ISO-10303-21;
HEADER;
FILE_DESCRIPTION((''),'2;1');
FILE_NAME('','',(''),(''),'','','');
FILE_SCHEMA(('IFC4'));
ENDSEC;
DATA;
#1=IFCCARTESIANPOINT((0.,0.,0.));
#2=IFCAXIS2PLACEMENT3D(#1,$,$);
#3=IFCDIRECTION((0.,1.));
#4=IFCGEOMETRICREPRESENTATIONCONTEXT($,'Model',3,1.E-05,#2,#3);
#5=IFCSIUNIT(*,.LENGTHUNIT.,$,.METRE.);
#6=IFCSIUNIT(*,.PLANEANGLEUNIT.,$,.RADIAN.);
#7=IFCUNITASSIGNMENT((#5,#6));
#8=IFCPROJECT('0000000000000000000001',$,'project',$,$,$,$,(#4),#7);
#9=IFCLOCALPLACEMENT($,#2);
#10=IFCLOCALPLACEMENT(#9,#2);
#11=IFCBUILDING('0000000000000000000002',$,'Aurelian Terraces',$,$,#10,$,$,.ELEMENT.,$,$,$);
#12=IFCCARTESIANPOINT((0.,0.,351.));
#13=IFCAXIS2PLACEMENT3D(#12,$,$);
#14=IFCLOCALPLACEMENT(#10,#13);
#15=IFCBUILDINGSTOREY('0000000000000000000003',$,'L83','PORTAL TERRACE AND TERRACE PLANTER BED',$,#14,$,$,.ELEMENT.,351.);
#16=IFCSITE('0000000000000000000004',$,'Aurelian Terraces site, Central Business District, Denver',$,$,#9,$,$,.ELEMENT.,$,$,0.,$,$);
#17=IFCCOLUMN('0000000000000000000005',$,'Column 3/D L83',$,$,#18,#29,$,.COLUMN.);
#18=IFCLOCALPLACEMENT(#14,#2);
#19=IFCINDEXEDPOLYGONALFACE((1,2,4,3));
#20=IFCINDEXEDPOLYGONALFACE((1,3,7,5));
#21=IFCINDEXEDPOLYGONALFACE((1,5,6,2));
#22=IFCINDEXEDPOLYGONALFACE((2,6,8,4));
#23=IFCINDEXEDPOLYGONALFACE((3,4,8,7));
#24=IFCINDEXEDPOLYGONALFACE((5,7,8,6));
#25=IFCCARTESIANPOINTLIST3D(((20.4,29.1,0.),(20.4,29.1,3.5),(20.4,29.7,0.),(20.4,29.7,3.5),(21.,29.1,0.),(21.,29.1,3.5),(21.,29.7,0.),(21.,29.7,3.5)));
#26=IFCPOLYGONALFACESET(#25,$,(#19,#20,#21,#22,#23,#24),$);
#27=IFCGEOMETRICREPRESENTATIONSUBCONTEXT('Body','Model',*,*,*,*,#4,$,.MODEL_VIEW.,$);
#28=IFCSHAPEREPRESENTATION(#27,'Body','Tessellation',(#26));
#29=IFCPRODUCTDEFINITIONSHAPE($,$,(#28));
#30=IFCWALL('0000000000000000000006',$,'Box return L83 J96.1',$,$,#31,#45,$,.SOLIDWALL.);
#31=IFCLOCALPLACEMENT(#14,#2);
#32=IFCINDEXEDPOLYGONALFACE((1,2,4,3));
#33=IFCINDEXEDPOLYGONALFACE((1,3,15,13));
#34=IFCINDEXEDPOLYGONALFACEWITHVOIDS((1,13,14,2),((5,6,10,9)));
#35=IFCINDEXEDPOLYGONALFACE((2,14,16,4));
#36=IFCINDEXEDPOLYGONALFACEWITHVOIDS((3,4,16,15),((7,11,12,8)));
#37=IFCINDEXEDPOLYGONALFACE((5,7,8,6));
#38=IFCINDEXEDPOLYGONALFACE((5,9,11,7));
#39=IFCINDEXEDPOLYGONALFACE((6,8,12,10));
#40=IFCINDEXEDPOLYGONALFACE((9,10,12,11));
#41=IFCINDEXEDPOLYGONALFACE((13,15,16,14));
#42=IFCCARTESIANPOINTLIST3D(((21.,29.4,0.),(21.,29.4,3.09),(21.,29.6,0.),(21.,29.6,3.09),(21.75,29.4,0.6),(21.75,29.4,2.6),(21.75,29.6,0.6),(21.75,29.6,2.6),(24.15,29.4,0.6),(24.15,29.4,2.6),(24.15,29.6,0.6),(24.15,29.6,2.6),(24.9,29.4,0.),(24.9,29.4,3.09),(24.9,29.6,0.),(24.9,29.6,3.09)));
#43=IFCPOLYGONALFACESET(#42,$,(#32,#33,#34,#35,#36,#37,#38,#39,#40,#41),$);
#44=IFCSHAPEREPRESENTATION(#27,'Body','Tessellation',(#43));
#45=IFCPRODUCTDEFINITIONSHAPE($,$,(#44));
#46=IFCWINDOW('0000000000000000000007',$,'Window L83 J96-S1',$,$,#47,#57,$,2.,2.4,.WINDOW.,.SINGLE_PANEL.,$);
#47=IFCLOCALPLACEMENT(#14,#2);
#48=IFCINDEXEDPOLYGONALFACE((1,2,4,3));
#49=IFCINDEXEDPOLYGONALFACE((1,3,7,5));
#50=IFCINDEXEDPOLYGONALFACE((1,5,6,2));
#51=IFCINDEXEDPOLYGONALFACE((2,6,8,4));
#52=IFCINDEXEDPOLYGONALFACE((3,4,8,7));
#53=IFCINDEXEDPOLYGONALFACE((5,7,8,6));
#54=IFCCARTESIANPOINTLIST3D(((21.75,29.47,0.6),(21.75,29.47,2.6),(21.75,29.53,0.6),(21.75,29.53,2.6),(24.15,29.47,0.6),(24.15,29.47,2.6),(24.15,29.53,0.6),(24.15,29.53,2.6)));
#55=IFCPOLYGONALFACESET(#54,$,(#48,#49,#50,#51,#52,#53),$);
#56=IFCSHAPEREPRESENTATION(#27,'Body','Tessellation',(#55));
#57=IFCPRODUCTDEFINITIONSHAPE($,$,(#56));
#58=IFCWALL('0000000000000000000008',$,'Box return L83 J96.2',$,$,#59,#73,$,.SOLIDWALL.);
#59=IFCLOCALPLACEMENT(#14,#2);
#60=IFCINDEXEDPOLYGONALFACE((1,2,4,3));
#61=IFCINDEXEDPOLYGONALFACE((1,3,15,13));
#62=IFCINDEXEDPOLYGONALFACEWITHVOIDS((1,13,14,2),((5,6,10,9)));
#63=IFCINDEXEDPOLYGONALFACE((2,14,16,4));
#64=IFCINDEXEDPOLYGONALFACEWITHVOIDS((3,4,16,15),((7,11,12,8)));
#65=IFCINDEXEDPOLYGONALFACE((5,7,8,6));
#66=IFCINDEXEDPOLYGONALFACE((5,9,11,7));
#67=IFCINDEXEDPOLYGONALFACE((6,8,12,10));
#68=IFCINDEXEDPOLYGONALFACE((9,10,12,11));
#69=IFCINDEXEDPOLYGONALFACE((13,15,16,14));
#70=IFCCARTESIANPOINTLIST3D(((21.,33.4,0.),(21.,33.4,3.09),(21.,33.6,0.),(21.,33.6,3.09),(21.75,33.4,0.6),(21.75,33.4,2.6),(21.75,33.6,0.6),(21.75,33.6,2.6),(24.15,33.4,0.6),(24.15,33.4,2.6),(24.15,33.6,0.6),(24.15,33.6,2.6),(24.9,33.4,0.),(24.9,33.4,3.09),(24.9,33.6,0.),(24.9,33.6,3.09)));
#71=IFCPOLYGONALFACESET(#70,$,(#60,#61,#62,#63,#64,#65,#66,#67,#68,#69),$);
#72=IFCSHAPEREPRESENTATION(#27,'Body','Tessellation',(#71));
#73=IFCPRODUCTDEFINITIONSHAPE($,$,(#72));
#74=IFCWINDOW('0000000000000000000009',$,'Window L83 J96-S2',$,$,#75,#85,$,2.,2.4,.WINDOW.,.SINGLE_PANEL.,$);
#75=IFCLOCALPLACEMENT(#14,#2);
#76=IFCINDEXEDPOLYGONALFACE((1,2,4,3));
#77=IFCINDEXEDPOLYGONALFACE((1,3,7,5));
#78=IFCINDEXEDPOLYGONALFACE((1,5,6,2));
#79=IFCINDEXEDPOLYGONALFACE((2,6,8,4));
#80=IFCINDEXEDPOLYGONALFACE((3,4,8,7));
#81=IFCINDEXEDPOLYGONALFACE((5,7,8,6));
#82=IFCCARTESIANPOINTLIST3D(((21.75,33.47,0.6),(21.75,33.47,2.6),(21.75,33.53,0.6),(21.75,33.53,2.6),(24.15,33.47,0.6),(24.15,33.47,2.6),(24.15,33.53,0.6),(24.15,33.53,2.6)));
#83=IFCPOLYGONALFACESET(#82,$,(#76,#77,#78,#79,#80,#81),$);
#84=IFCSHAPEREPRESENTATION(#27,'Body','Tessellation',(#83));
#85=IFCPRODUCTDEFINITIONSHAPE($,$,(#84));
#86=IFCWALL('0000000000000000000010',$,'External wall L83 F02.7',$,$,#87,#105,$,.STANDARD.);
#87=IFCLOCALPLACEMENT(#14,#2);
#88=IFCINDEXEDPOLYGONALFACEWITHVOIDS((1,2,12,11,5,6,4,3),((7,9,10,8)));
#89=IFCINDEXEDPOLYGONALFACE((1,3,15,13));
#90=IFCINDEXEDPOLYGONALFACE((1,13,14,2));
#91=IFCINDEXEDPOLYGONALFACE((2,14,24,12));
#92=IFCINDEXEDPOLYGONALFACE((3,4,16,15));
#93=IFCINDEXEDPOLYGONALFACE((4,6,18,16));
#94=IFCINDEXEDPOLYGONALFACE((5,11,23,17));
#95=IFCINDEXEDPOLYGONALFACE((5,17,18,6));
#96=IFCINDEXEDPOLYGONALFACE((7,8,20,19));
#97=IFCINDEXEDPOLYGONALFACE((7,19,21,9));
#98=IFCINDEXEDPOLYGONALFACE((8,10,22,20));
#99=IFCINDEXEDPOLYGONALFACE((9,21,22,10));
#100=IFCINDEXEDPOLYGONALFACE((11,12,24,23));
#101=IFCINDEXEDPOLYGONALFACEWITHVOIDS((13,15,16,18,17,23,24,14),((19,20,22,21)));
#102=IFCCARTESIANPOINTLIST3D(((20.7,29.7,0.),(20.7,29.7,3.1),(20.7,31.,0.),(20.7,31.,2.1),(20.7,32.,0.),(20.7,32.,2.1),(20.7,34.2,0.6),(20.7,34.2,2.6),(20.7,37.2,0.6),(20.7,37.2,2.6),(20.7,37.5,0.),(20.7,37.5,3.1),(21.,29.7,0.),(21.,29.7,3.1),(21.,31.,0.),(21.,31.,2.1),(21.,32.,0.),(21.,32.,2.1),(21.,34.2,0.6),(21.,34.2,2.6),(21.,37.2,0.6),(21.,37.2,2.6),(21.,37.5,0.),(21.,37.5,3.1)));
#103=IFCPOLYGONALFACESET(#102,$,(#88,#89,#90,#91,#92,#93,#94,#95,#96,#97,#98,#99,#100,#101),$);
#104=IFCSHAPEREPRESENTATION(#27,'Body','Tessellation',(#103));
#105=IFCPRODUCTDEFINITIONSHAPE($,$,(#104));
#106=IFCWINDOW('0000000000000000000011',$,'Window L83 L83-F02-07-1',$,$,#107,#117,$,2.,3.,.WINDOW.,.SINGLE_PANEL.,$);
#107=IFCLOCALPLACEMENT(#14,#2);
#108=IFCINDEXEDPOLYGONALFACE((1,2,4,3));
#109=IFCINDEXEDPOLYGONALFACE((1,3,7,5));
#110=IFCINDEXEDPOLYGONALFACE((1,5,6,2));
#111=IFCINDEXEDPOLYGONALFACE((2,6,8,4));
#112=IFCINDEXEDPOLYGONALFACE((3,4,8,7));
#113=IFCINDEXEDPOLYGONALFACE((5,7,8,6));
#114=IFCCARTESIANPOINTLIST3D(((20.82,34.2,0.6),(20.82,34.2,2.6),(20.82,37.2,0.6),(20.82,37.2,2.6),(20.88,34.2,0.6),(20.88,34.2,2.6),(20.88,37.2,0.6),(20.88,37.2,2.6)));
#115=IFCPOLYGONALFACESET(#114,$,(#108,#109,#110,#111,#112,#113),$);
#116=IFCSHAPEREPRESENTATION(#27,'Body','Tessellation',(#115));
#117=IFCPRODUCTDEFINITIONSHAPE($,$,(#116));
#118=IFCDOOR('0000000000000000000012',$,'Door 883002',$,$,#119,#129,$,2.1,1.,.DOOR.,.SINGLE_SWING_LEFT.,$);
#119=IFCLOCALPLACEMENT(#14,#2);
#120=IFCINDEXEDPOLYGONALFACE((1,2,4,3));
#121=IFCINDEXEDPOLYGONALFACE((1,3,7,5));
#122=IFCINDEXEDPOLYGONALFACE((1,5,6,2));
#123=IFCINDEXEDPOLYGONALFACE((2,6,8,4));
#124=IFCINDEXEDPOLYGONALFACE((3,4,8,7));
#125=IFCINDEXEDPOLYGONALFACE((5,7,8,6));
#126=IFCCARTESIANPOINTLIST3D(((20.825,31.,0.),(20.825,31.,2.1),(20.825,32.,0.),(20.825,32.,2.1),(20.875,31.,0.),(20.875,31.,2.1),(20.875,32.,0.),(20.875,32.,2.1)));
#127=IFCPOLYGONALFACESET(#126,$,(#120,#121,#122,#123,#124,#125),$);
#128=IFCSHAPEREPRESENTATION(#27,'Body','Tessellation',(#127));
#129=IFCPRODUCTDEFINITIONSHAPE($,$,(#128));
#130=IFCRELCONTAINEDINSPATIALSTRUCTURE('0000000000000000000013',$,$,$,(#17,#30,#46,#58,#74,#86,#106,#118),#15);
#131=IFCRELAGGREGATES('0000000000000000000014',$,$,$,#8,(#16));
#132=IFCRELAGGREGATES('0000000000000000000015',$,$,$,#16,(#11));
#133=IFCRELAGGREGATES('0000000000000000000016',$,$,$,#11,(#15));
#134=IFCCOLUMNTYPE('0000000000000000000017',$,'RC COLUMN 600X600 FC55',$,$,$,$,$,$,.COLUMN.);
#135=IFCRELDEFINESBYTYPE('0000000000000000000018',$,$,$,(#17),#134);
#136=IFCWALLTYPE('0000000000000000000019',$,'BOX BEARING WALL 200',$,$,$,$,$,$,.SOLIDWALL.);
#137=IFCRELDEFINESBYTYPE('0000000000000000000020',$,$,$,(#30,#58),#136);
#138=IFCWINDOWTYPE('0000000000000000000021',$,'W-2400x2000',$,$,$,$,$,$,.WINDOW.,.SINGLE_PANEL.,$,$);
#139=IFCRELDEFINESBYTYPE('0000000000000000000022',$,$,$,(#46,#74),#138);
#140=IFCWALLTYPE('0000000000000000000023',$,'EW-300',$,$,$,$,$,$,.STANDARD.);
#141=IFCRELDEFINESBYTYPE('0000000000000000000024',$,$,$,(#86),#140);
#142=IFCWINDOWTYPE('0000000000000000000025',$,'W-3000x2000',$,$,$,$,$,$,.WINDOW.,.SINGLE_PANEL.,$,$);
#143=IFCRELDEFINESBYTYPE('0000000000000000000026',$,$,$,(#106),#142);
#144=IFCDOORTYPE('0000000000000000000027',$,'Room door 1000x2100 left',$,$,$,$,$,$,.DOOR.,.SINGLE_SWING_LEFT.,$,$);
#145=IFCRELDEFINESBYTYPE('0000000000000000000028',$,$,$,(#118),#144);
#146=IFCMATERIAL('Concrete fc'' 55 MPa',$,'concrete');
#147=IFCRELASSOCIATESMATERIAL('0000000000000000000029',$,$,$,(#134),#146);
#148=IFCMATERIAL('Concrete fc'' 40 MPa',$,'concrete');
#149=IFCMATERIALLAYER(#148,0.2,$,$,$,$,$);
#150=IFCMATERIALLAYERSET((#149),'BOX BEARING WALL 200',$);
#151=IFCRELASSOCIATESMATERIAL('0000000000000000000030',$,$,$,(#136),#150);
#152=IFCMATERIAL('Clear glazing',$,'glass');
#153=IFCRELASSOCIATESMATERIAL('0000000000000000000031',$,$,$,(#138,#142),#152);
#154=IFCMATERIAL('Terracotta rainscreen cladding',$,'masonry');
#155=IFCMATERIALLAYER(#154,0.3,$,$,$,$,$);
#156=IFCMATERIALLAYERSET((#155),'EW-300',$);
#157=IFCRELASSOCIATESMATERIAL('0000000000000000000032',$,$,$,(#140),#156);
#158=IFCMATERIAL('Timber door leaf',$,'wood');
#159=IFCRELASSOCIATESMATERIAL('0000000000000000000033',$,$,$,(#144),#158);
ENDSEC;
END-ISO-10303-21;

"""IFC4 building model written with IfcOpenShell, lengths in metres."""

from ifc_helpers import new_model, si_unit, direction, frame, frame_2d, origin, origin_2d, place, context, subcontext, project, spatial, rectangle, extrude, source, transform, mapped, material, layer, layer_set, material_profile, profile_set, type_object, element, fill, save


model = new_model("IFC4")

# Units and contexts
model_context = context("Model", 3, precision=1e-05, world=origin(), true_north=direction((0.0, 1.0)))
body_context = subcontext(model_context, "Body", "Model", "MODEL_VIEW")
ifc_project = project(units=[si_unit("LENGTHUNIT", "METRE"), si_unit("PLANEANGLEUNIT", "RADIAN")], contexts=[model_context])

# Site, building, storey
site_placement = place(None, origin())
site = spatial("IfcSite", under=ifc_project, at=site_placement, Name="Aurelian Terraces site, Central Business District, Denver", CompositionType="ELEMENT", RefElevation=0.0)
building_placement = place(site_placement, origin())
building = spatial("IfcBuilding", under=site, at=building_placement, Name="Aurelian Terraces", CompositionType="ELEMENT")
storey_placement = place(building_placement, frame((0.0, 0.0, 351.0)))
storey = spatial("IfcBuildingStorey", under=building, at=storey_placement, Name="L83", Description="PORTAL TERRACE AND TERRACE PLANTER BED", CompositionType="ELEMENT", Elevation=351.0)

# Column
ifc_material_1 = material(Name="Concrete fc' 55 MPa", Category="concrete")
ifc_material_profile = material_profile(ifc_material_1, rectangle(XDim=0.6, YDim=0.6, at=origin_2d()))
ifc_profile_set = profile_set([ifc_material_profile], Name="Concrete fc' 55 MPa")
column_type = type_object("IfcColumnType", Name="RC COLUMN 600X600 FC55", PredefinedType="COLUMN", material=ifc_profile_set)
shared_shape_1 = source(origin(), body_context, "Body", "SweptSolid", [
    extrude(rectangle(XDim=0.6, YDim=0.6, at=origin_2d()), origin(), (0.0, 0.0, 1.0), 3.5),
])
column_placement = place(storey_placement, frame((20.7, 29.4, 0.0), z_axis=(0.0, 0.0, 1.0), x_axis=(1.0, 0.0, 0.0)))
element("IfcColumn", 1, at=column_placement, inside=storey, type_object=column_type, Name="Column 3/D L83", PredefinedType="COLUMN", context=body_context, shape_type="MappedRepresentation", body=[
    mapped(shared_shape_1, transform((0.0, 0.0, 0.0), scale=1.0)),
])

# Walls, openings, windows
ifc_material_2 = material(Name="Concrete fc' 40 MPa", Category="concrete")
ifc_layer_1 = layer(ifc_material_2, 0.2)
ifc_layer_set_1 = layer_set([ifc_layer_1], Name="BOX BEARING WALL 200")
wall_type_1 = type_object("IfcWallType", Name="BOX BEARING WALL 200", PredefinedType="SOLIDWALL", material=ifc_layer_set_1)
shared_shape_2 = source(origin(), body_context, "Body", "SweptSolid", [
    extrude(rectangle(XDim=3.9, YDim=0.2, at=frame_2d((1.95, 0.0))), origin(), (0.0, 0.0, 1.0), 3.09),
])
wall_1_placement = place(storey_placement, frame((21.0, 29.5, 0.0), z_axis=(0.0, 0.0, 1.0), x_axis=(1.0, 0.0, 0.0)))
wall_1 = element("IfcWall", 2, at=wall_1_placement, inside=storey, type_object=wall_type_1, Name="Box return L83 J96.1", PredefinedType="SOLIDWALL", context=body_context, shape_type="MappedRepresentation", body=[
    mapped(shared_shape_2, transform((0.0, 0.0, 0.0), scale=1.0)),
])
shared_shape_3 = source(origin(), body_context, "Body", "SweptSolid", [
    extrude(rectangle(XDim=2.4, YDim=2.0, at=frame_2d((1.2, 1.0))), frame((0.0, 0.11, 0.0), z_axis=(0.0, -1.0, 0.0), x_axis=(1.0, 0.0, 0.0)), (0.0, 0.0, 1.0), 0.22),
])
opening_1_placement = place(wall_1_placement, frame((0.75, 0.0, 0.6)))
opening_1 = element("IfcOpeningElement", 3, at=opening_1_placement, cuts=wall_1, PredefinedType="OPENING", context=body_context, shape_type="MappedRepresentation", body=[
    mapped(shared_shape_3, transform((0.0, 0.0, 0.0), scale=1.0)),
])
ifc_material_3 = material(Name="Clear glazing", Category="glass")
window_type_1 = type_object("IfcWindowType", Name="W-2400x2000", PartitioningType="SINGLE_PANEL", PredefinedType="WINDOW", material=ifc_material_3)
shared_shape_4 = source(origin(), body_context, "Body", "SweptSolid", [
    extrude(rectangle(XDim=2.4, YDim=2.0, at=frame_2d((1.2, 1.0))), frame((0.0, 0.03, 0.0), z_axis=(0.0, -1.0, 0.0), x_axis=(1.0, 0.0, 0.0)), (0.0, 0.0, 1.0), 0.06),
])
window_1_placement = place(opening_1_placement, origin())
window_1 = element("IfcWindow", 4, at=window_1_placement, inside=storey, type_object=window_type_1, Name="Window L83 J96-S1", OverallHeight=2.0, OverallWidth=2.4, PartitioningType="SINGLE_PANEL", PredefinedType="WINDOW", context=body_context, shape_type="MappedRepresentation", body=[
    mapped(shared_shape_4, transform((0.0, 0.0, 0.0), scale=1.0)),
])
fill(opening_1, window_1)
wall_2_placement = place(storey_placement, frame((21.0, 33.5, 0.0), z_axis=(0.0, 0.0, 1.0), x_axis=(1.0, 0.0, 0.0)))
wall_2 = element("IfcWall", 5, at=wall_2_placement, inside=storey, type_object=wall_type_1, Name="Box return L83 J96.2", PredefinedType="SOLIDWALL", context=body_context, shape_type="MappedRepresentation", body=[
    mapped(shared_shape_2, transform((0.0, 0.0, 0.0), scale=1.0)),
])
opening_2_placement = place(wall_2_placement, frame((0.75, 0.0, 0.6)))
opening_2 = element("IfcOpeningElement", 6, at=opening_2_placement, cuts=wall_2, PredefinedType="OPENING", context=body_context, shape_type="MappedRepresentation", body=[
    mapped(shared_shape_3, transform((0.0, 0.0, 0.0), scale=1.0)),
])
window_2_placement = place(opening_2_placement, origin())
window_2 = element("IfcWindow", 7, at=window_2_placement, inside=storey, type_object=window_type_1, Name="Window L83 J96-S2", OverallHeight=2.0, OverallWidth=2.4, PartitioningType="SINGLE_PANEL", PredefinedType="WINDOW", context=body_context, shape_type="MappedRepresentation", body=[
    mapped(shared_shape_4, transform((0.0, 0.0, 0.0), scale=1.0)),
])
fill(opening_2, window_2)

# Wall, openings, window, door
ifc_material_4 = material(Name="Terracotta rainscreen cladding", Category="masonry")
ifc_layer_2 = layer(ifc_material_4, 0.3)
ifc_layer_set_2 = layer_set([ifc_layer_2], Name="EW-300")
wall_type_2 = type_object("IfcWallType", Name="EW-300", PredefinedType="STANDARD", material=ifc_layer_set_2)
shared_shape_5 = source(origin(), body_context, "Body", "SweptSolid", [
    extrude(rectangle(XDim=7.8, YDim=0.3, at=frame_2d((3.9, 0.0))), origin(), (0.0, 0.0, 1.0), 3.1),
])
wall_3_placement = place(storey_placement, frame((20.85, 29.7, 0.0), z_axis=(0.0, 0.0, 1.0), x_axis=(0.0, 1.0, 0.0)))
wall_3 = element("IfcWall", 8, at=wall_3_placement, inside=storey, type_object=wall_type_2, Name="External wall L83 F02.7", PredefinedType="STANDARD", context=body_context, shape_type="MappedRepresentation", body=[
    mapped(shared_shape_5, transform((0.0, 0.0, 0.0), scale=1.0)),
])
shared_shape_6 = source(origin(), body_context, "Body", "SweptSolid", [
    extrude(rectangle(XDim=3.0, YDim=2.0, at=frame_2d((1.5, 1.0))), frame((0.0, 0.16, 0.0), z_axis=(0.0, -1.0, 0.0), x_axis=(1.0, 0.0, 0.0)), (0.0, 0.0, 1.0), 0.32),
])
opening_3_placement = place(wall_3_placement, frame((4.5, 0.0, 0.6)))
opening_3 = element("IfcOpeningElement", 9, at=opening_3_placement, cuts=wall_3, PredefinedType="OPENING", context=body_context, shape_type="MappedRepresentation", body=[
    mapped(shared_shape_6, transform((0.0, 0.0, 0.0), scale=1.0)),
])
shared_shape_7 = source(origin(), body_context, "Body", "SweptSolid", [
    extrude(rectangle(XDim=1.0, YDim=2.1, at=frame_2d((0.5, 1.05))), frame((0.0, 0.16, 0.0), z_axis=(0.0, -1.0, 0.0), x_axis=(1.0, 0.0, 0.0)), (0.0, 0.0, 1.0), 0.32),
])
opening_4_placement = place(wall_3_placement, frame((1.3, 0.0, 0.0)))
opening_4 = element("IfcOpeningElement", 10, at=opening_4_placement, cuts=wall_3, PredefinedType="OPENING", context=body_context, shape_type="MappedRepresentation", body=[
    mapped(shared_shape_7, transform((0.0, 0.0, 0.0), scale=1.0)),
])
window_type_2 = type_object("IfcWindowType", Name="W-3000x2000", PartitioningType="SINGLE_PANEL", PredefinedType="WINDOW", material=ifc_material_3)
shared_shape_8 = source(origin(), body_context, "Body", "SweptSolid", [
    extrude(rectangle(XDim=3.0, YDim=2.0, at=frame_2d((1.5, 1.0))), frame((0.0, 0.03, 0.0), z_axis=(0.0, -1.0, 0.0), x_axis=(1.0, 0.0, 0.0)), (0.0, 0.0, 1.0), 0.06),
])
window_3_placement = place(opening_3_placement, origin())
window_3 = element("IfcWindow", 11, at=window_3_placement, inside=storey, type_object=window_type_2, Name="Window L83 L83-F02-07-1", OverallHeight=2.0, OverallWidth=3.0, PartitioningType="SINGLE_PANEL", PredefinedType="WINDOW", context=body_context, shape_type="MappedRepresentation", body=[
    mapped(shared_shape_8, transform((0.0, 0.0, 0.0), scale=1.0)),
])
fill(opening_3, window_3)
ifc_material_5 = material(Name="Timber door leaf", Category="wood")
door_type_1 = type_object("IfcDoorType", Name="Room door 1000x2100 left", OperationType="SINGLE_SWING_LEFT", PredefinedType="DOOR", material=ifc_material_5)
shared_shape_9 = source(origin(), body_context, "Body", "SweptSolid", [
    extrude(rectangle(XDim=1.0, YDim=2.1, at=frame_2d((0.5, 1.05))), frame((0.0, 0.025, 0.0), z_axis=(0.0, -1.0, 0.0), x_axis=(1.0, 0.0, 0.0)), (0.0, 0.0, 1.0), 0.05),
])
door_1_placement = place(opening_4_placement, origin())
door_1 = element("IfcDoor", 12, at=door_1_placement, inside=storey, type_object=door_type_1, Name="Door 883002", OperationType="SINGLE_SWING_LEFT", OverallHeight=2.1, OverallWidth=1.0, PredefinedType="DOOR", context=body_context, shape_type="MappedRepresentation", body=[
    mapped(shared_shape_9, transform((0.0, 0.0, 0.0), scale=1.0)),
])
fill(opening_4, door_1)

save(model, "model.ifc")
